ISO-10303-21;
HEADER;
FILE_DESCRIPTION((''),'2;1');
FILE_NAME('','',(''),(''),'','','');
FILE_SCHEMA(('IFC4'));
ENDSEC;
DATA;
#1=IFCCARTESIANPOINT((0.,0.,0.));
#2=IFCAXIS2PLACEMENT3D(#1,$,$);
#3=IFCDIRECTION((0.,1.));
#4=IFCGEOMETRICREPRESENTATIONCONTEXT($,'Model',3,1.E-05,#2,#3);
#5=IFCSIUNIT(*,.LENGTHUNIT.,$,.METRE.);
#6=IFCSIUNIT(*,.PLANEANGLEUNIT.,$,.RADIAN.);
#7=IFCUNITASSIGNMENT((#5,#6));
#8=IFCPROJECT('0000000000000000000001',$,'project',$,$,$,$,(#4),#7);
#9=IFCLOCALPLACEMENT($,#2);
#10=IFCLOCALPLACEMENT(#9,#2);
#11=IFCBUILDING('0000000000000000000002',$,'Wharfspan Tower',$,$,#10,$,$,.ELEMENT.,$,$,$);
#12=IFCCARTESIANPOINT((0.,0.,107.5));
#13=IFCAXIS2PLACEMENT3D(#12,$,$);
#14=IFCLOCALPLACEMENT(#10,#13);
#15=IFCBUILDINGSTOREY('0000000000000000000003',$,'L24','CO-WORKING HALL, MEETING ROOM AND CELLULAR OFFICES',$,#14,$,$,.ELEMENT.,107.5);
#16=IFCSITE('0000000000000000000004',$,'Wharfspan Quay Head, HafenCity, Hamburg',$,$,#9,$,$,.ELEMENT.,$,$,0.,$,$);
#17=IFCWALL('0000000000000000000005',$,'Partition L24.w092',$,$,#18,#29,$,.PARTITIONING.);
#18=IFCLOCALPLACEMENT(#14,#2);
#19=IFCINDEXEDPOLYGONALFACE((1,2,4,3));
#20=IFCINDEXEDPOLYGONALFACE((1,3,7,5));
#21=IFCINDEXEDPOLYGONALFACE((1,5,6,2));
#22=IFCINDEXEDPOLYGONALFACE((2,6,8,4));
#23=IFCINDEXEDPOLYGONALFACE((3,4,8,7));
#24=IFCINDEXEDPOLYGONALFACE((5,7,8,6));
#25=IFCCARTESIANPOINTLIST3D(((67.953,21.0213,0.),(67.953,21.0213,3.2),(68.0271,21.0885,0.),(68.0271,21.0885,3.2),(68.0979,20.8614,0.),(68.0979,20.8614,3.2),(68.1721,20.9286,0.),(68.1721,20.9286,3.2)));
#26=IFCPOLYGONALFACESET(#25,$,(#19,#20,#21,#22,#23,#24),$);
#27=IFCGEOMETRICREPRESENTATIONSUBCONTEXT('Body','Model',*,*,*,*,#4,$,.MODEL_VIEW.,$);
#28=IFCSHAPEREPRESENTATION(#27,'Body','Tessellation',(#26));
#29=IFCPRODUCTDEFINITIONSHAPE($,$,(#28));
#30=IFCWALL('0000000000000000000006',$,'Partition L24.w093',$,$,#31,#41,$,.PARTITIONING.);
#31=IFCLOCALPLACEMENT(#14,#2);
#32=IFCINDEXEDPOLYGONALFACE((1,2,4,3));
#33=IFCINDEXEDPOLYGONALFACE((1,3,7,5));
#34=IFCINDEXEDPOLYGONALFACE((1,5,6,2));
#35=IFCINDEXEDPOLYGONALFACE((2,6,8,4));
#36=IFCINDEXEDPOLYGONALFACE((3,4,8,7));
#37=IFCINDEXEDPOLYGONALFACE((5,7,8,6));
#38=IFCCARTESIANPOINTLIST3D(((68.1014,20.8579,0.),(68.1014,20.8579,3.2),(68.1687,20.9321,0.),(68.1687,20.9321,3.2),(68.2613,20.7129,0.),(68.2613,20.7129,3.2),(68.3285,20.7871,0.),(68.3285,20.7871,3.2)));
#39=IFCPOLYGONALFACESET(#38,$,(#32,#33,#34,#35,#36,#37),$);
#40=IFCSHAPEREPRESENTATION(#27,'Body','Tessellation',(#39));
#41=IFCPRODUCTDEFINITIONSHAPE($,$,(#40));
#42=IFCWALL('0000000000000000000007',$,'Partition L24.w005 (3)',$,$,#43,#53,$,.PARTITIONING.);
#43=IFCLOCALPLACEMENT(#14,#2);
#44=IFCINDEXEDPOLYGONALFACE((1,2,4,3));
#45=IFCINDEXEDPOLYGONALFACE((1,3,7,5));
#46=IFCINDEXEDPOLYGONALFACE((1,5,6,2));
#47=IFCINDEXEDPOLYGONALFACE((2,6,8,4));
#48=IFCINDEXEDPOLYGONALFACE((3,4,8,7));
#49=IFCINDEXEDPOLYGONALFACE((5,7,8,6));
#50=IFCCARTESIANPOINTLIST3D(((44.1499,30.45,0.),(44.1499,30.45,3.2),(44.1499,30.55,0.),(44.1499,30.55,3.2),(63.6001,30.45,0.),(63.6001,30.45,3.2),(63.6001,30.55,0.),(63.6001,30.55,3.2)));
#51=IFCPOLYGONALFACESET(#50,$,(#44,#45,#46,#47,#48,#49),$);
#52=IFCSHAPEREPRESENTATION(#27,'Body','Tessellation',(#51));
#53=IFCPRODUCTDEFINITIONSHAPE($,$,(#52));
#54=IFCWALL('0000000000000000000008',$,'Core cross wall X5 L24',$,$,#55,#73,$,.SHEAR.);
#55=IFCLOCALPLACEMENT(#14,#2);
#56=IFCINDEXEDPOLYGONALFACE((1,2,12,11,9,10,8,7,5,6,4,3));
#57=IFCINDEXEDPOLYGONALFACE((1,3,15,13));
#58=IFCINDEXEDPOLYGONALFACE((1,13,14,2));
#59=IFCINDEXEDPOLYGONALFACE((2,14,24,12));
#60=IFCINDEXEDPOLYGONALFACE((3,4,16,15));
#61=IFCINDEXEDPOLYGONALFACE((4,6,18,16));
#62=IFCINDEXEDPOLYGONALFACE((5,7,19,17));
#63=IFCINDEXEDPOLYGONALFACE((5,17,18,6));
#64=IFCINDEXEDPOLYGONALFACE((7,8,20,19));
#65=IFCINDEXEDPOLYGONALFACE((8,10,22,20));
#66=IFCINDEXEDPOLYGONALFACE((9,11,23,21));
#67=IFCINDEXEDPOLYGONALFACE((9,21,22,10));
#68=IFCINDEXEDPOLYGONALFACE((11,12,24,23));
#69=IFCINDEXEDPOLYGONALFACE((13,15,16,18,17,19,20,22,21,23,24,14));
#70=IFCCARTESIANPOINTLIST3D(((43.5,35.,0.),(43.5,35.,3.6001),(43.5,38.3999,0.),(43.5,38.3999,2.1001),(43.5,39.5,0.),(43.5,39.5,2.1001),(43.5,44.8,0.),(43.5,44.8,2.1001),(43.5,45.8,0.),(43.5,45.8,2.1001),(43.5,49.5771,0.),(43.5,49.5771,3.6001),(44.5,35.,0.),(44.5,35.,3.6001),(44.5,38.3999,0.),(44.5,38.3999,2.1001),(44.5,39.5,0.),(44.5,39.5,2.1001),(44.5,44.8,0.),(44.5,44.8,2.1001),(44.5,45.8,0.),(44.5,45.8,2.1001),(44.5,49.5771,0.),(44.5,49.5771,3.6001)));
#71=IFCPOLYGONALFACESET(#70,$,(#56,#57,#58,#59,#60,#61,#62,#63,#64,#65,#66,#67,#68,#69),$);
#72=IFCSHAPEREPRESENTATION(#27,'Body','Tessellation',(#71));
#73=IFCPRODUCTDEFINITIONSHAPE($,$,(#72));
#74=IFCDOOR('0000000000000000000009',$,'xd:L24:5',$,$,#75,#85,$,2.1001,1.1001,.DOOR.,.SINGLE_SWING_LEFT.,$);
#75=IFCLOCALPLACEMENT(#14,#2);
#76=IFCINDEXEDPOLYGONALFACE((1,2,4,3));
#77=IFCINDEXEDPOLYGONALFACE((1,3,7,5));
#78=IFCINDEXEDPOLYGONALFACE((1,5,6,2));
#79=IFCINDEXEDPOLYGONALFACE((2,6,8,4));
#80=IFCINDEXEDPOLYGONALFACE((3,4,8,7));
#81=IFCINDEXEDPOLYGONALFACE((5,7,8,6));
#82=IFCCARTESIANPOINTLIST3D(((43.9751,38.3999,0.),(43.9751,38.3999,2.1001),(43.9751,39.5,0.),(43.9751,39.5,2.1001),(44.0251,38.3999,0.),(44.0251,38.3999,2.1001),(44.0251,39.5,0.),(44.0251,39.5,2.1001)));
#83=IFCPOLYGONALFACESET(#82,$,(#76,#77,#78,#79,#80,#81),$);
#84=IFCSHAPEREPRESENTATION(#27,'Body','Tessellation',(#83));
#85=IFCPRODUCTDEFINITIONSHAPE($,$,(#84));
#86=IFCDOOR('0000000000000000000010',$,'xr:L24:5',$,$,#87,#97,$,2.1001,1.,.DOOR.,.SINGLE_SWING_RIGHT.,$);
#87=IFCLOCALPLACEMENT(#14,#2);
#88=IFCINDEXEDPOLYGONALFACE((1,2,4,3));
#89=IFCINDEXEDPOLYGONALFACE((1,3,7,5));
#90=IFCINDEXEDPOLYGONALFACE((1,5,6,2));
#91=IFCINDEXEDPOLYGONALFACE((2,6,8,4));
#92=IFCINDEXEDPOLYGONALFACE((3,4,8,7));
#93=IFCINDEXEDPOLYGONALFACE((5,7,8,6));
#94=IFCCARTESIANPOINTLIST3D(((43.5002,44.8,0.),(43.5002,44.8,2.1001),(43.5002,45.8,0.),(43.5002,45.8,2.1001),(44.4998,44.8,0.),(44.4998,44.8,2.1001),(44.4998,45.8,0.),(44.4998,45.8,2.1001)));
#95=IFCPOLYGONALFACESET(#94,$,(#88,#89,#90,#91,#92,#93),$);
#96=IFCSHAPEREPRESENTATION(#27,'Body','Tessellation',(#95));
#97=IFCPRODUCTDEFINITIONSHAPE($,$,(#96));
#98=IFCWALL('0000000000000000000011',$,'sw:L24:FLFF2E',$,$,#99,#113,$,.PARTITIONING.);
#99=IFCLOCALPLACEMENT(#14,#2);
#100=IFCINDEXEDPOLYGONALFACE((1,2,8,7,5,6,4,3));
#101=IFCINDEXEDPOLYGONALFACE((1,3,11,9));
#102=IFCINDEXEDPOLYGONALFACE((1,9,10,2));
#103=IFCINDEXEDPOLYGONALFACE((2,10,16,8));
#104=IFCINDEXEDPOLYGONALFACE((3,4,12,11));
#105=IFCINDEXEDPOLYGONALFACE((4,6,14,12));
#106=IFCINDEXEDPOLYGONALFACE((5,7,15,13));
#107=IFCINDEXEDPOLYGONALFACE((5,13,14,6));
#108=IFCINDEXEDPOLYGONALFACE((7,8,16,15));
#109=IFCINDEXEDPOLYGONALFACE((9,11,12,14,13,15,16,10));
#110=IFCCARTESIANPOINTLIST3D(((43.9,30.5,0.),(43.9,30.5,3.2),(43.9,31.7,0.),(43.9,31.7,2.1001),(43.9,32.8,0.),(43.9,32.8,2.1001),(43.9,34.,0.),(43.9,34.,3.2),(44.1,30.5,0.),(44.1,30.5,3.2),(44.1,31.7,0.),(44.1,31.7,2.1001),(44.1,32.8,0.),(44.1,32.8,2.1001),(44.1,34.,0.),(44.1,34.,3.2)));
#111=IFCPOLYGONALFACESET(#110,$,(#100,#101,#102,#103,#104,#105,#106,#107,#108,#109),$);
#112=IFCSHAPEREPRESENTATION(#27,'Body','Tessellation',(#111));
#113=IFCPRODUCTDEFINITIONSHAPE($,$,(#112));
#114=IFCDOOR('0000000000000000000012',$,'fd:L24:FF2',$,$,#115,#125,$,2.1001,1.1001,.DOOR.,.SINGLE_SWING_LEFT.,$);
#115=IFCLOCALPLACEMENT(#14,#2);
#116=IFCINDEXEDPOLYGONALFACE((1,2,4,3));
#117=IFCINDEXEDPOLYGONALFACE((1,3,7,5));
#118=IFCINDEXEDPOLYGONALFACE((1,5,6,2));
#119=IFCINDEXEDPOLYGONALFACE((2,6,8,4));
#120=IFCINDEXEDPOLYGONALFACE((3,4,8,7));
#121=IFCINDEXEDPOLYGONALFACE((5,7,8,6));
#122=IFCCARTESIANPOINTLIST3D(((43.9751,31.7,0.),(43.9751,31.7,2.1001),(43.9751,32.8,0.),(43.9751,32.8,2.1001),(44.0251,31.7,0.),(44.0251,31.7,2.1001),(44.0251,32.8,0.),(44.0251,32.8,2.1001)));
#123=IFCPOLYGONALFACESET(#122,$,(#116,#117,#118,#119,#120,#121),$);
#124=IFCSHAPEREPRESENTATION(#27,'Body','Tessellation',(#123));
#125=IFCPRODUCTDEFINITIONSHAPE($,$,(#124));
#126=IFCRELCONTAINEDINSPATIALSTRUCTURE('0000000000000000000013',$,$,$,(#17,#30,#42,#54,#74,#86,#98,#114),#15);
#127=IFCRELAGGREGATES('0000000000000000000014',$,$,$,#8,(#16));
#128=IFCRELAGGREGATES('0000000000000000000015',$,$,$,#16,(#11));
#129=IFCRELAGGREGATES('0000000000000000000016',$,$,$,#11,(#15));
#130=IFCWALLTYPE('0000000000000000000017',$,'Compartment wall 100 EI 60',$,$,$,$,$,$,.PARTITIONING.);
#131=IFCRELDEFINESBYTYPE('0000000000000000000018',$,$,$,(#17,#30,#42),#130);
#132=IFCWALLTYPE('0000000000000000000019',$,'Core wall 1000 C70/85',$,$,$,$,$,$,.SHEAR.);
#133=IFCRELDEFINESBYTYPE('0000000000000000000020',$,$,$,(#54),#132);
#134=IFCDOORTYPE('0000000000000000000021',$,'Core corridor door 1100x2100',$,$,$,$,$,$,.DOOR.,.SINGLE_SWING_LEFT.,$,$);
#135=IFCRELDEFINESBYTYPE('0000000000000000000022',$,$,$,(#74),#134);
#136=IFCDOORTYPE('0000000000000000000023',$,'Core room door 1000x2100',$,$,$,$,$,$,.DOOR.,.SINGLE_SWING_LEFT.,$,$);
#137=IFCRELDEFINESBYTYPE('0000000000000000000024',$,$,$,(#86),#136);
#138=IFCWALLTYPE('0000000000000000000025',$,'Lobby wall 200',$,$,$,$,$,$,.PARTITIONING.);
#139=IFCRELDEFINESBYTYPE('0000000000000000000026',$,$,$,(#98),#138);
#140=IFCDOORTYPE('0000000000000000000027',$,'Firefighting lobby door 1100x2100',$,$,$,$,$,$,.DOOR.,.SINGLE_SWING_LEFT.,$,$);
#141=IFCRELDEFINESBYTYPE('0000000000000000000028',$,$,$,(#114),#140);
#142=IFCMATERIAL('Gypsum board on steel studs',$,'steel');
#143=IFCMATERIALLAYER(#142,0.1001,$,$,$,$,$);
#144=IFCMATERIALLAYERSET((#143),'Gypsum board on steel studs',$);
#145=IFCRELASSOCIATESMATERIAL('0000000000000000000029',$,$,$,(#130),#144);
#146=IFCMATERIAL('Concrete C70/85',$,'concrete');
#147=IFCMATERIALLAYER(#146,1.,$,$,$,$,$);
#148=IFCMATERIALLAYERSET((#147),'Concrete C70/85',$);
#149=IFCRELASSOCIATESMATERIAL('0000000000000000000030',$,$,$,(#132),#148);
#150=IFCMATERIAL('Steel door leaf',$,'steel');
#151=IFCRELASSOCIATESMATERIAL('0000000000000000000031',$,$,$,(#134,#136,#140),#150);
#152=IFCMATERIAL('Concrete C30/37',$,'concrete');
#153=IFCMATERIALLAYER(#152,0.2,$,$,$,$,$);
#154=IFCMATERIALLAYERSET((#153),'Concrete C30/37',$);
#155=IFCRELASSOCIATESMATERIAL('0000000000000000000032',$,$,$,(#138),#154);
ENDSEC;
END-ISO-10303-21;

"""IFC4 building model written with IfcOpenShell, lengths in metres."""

from ifc_helpers import new_model, si_unit, direction, frame, frame_2d, origin, place, context, subcontext, project, spatial, rectangle, extrude, material, layer, layer_set, type_object, element, fill, save


model = new_model("IFC4")

# Units and contexts
model_context = context("Model", 3, precision=1e-05, world=origin(), true_north=direction((0.0, 1.0)))
body_context = subcontext(model_context, "Body", "Model", "MODEL_VIEW")
ifc_project = project(units=[si_unit("LENGTHUNIT", "METRE"), si_unit("PLANEANGLEUNIT", "RADIAN")], contexts=[model_context])

# Site, building, storey
site_placement = place(None, origin())
site = spatial("IfcSite", under=ifc_project, at=site_placement, Name="Wharfspan Quay Head, HafenCity, Hamburg", CompositionType="ELEMENT", RefElevation=0.0)
building_placement = place(site_placement, origin())
building = spatial("IfcBuilding", under=site, at=building_placement, Name="Wharfspan Tower", CompositionType="ELEMENT")
storey_placement = place(building_placement, frame((0.0, 0.0, 107.5)))
storey = spatial("IfcBuildingStorey", under=building, at=storey_placement, Name="L24", Description="CO-WORKING HALL, MEETING ROOM AND CELLULAR OFFICES", CompositionType="ELEMENT", Elevation=107.5)

# Shared definitions
ifc_material_1 = material(Name="Gypsum board on steel studs", Category="steel")
ifc_layer_1 = layer(ifc_material_1, 0.1001)
ifc_layer_set_1 = layer_set([ifc_layer_1], Name="Gypsum board on steel studs")
wall_type_1 = type_object("IfcWallType", Name="Compartment wall 100 EI 60", PredefinedType="PARTITIONING", material=ifc_layer_set_1)

# Walls
for number, where, z_axis, x_axis, name in (
    (1, (68.135, 20.895, 0.0), (0.0, 0.0, 1.0), (-0.671775, 0.740762, 0.0), "Partition L24.w092"),
    (2, (68.2949, 20.75, 0.0), (0.0, 0.0, 1.0), (-0.740762, 0.671775, 0.0), "Partition L24.w093"),
):
    element("IfcWall", number, at=place(storey_placement, frame(where, z_axis=z_axis, x_axis=x_axis)), inside=storey, type_object=wall_type_1, Name=name, PredefinedType="PARTITIONING", context=body_context, shape_type="SweptSolid", body=[
        extrude(rectangle(XDim=0.2158, YDim=0.1001, at=frame_2d((0.1079, 0.0))), origin(), (0.0, 0.0, 1.0), 3.2),
    ])
wall_1_placement = place(storey_placement, frame((44.1499, 30.5, 0.0), z_axis=(0.0, 0.0, 1.0), x_axis=(1.0, 0.0, 0.0)))
element("IfcWall", 3, at=wall_1_placement, inside=storey, type_object=wall_type_1, Name="Partition L24.w005 (3)", PredefinedType="PARTITIONING", context=body_context, shape_type="SweptSolid", body=[
    extrude(rectangle(XDim=19.4502, YDim=0.1001, at=frame_2d((9.7251, 0.0))), origin(), (0.0, 0.0, 1.0), 3.2),
])

# Wall, openings, doors
ifc_material_2 = material(Name="Concrete C70/85", Category="concrete")
ifc_layer_2 = layer(ifc_material_2, 1.0)
ifc_layer_set_2 = layer_set([ifc_layer_2], Name="Concrete C70/85")
wall_type_2 = type_object("IfcWallType", Name="Core wall 1000 C70/85", PredefinedType="SHEAR", material=ifc_layer_set_2)
wall_2_placement = place(storey_placement, frame((44.0, 35.0, 0.0), z_axis=(0.0, 0.0, 1.0), x_axis=(0.0, 1.0, 0.0)))
wall_2 = element("IfcWall", 4, at=wall_2_placement, inside=storey, type_object=wall_type_2, Name="Core cross wall X5 L24", PredefinedType="SHEAR", context=body_context, shape_type="SweptSolid", body=[
    extrude(rectangle(XDim=14.5771, YDim=1.0, at=frame_2d((7.2886, 0.0))), origin(), (0.0, 0.0, 1.0), 3.6001),
])
opening_1_placement = place(wall_2_placement, frame((3.3999, 0.0, 0.0)))
opening_1 = element("IfcOpeningElement", 5, at=opening_1_placement, cuts=wall_2, PredefinedType="OPENING", context=body_context, shape_type="SweptSolid", body=[
    extrude(rectangle(XDim=1.1001, YDim=2.1001, at=frame_2d((0.55, 1.05))), frame((0.0, 0.51, 0.0), z_axis=(0.0, -1.0, 0.0), x_axis=(1.0, 0.0, 0.0)), (0.0, 0.0, 1.0), 1.02),
])
opening_2_placement = place(wall_2_placement, frame((9.8, 0.0, 0.0)))
opening_2 = element("IfcOpeningElement", 6, at=opening_2_placement, cuts=wall_2, PredefinedType="OPENING", context=body_context, shape_type="SweptSolid", body=[
    extrude(rectangle(XDim=1.0, YDim=2.1001, at=frame_2d((0.5, 1.05))), frame((0.0, 0.51, 0.0), z_axis=(0.0, -1.0, 0.0), x_axis=(1.0, 0.0, 0.0)), (0.0, 0.0, 1.0), 1.02),
])
ifc_material_3 = material(Name="Steel door leaf", Category="steel")
door_type_1 = type_object("IfcDoorType", Name="Core corridor door 1100x2100", OperationType="SINGLE_SWING_LEFT", PredefinedType="DOOR", material=ifc_material_3)
door_1_placement = place(opening_1_placement, origin())
door_1 = element("IfcDoor", 7, at=door_1_placement, inside=storey, type_object=door_type_1, Name="xd:L24:5", OperationType="SINGLE_SWING_LEFT", OverallHeight=2.1001, OverallWidth=1.1001, PredefinedType="DOOR", context=body_context, shape_type="SweptSolid", body=[
    extrude(rectangle(XDim=1.1001, YDim=2.1001, at=frame_2d((0.55, 1.05))), frame((0.0, 0.0249, 0.0), z_axis=(0.0, -1.0, 0.0), x_axis=(1.0, 0.0, 0.0)), (0.0, 0.0, 1.0), 0.05),
])
fill(opening_1, door_1)
door_type_2 = type_object("IfcDoorType", Name="Core room door 1000x2100", OperationType="SINGLE_SWING_LEFT", PredefinedType="DOOR", material=ifc_material_3)
door_2_placement = place(opening_2_placement, origin())
door_2 = element("IfcDoor", 8, at=door_2_placement, inside=storey, type_object=door_type_2, Name="xr:L24:5", OperationType="SINGLE_SWING_RIGHT", OverallHeight=2.1001, OverallWidth=1.0, PredefinedType="DOOR", context=body_context, shape_type="SweptSolid", body=[
    extrude(rectangle(XDim=1.0, YDim=2.1001, at=frame_2d((0.5, 1.05))), frame((0.0, 0.4998, 0.0), z_axis=(0.0, -1.0, 0.0), x_axis=(1.0, 0.0, 0.0)), (0.0, 0.0, 1.0), 0.9995),
])
fill(opening_2, door_2)

# Wall, opening, door
ifc_material_4 = material(Name="Concrete C30/37", Category="concrete")
ifc_layer_3 = layer(ifc_material_4, 0.2)
ifc_layer_set_3 = layer_set([ifc_layer_3], Name="Concrete C30/37")
wall_type_3 = type_object("IfcWallType", Name="Lobby wall 200", PredefinedType="PARTITIONING", material=ifc_layer_set_3)
wall_3_placement = place(storey_placement, frame((44.0, 30.5, 0.0), z_axis=(0.0, 0.0, 1.0), x_axis=(0.0, 1.0, 0.0)))
wall_3 = element("IfcWall", 9, at=wall_3_placement, inside=storey, type_object=wall_type_3, Name="sw:L24:FLFF2E", PredefinedType="PARTITIONING", context=body_context, shape_type="SweptSolid", body=[
    extrude(rectangle(XDim=3.5, YDim=0.2, at=frame_2d((1.75, 0.0))), origin(), (0.0, 0.0, 1.0), 3.2),
])
opening_3_placement = place(wall_3_placement, frame((1.2, 0.0, 0.0)))
opening_3 = element("IfcOpeningElement", 10, at=opening_3_placement, cuts=wall_3, PredefinedType="OPENING", context=body_context, shape_type="SweptSolid", body=[
    extrude(rectangle(XDim=1.1001, YDim=2.1001, at=frame_2d((0.55, 1.05))), frame((0.0, 0.1099, 0.0), z_axis=(0.0, -1.0, 0.0), x_axis=(1.0, 0.0, 0.0)), (0.0, 0.0, 1.0), 0.22),
])
door_type_3 = type_object("IfcDoorType", Name="Firefighting lobby door 1100x2100", OperationType="SINGLE_SWING_LEFT", PredefinedType="DOOR", material=ifc_material_3)
door_3_placement = place(opening_3_placement, origin())
door_3 = element("IfcDoor", 11, at=door_3_placement, inside=storey, type_object=door_type_3, Name="fd:L24:FF2", OperationType="SINGLE_SWING_LEFT", OverallHeight=2.1001, OverallWidth=1.1001, PredefinedType="DOOR", context=body_context, shape_type="SweptSolid", body=[
    extrude(rectangle(XDim=1.1001, YDim=2.1001, at=frame_2d((0.55, 1.05))), frame((0.0, 0.0249, 0.0), z_axis=(0.0, -1.0, 0.0), x_axis=(1.0, 0.0, 0.0)), (0.0, 0.0, 1.0), 0.05),
])
fill(opening_3, door_3)

save(model, "model.ifc")
